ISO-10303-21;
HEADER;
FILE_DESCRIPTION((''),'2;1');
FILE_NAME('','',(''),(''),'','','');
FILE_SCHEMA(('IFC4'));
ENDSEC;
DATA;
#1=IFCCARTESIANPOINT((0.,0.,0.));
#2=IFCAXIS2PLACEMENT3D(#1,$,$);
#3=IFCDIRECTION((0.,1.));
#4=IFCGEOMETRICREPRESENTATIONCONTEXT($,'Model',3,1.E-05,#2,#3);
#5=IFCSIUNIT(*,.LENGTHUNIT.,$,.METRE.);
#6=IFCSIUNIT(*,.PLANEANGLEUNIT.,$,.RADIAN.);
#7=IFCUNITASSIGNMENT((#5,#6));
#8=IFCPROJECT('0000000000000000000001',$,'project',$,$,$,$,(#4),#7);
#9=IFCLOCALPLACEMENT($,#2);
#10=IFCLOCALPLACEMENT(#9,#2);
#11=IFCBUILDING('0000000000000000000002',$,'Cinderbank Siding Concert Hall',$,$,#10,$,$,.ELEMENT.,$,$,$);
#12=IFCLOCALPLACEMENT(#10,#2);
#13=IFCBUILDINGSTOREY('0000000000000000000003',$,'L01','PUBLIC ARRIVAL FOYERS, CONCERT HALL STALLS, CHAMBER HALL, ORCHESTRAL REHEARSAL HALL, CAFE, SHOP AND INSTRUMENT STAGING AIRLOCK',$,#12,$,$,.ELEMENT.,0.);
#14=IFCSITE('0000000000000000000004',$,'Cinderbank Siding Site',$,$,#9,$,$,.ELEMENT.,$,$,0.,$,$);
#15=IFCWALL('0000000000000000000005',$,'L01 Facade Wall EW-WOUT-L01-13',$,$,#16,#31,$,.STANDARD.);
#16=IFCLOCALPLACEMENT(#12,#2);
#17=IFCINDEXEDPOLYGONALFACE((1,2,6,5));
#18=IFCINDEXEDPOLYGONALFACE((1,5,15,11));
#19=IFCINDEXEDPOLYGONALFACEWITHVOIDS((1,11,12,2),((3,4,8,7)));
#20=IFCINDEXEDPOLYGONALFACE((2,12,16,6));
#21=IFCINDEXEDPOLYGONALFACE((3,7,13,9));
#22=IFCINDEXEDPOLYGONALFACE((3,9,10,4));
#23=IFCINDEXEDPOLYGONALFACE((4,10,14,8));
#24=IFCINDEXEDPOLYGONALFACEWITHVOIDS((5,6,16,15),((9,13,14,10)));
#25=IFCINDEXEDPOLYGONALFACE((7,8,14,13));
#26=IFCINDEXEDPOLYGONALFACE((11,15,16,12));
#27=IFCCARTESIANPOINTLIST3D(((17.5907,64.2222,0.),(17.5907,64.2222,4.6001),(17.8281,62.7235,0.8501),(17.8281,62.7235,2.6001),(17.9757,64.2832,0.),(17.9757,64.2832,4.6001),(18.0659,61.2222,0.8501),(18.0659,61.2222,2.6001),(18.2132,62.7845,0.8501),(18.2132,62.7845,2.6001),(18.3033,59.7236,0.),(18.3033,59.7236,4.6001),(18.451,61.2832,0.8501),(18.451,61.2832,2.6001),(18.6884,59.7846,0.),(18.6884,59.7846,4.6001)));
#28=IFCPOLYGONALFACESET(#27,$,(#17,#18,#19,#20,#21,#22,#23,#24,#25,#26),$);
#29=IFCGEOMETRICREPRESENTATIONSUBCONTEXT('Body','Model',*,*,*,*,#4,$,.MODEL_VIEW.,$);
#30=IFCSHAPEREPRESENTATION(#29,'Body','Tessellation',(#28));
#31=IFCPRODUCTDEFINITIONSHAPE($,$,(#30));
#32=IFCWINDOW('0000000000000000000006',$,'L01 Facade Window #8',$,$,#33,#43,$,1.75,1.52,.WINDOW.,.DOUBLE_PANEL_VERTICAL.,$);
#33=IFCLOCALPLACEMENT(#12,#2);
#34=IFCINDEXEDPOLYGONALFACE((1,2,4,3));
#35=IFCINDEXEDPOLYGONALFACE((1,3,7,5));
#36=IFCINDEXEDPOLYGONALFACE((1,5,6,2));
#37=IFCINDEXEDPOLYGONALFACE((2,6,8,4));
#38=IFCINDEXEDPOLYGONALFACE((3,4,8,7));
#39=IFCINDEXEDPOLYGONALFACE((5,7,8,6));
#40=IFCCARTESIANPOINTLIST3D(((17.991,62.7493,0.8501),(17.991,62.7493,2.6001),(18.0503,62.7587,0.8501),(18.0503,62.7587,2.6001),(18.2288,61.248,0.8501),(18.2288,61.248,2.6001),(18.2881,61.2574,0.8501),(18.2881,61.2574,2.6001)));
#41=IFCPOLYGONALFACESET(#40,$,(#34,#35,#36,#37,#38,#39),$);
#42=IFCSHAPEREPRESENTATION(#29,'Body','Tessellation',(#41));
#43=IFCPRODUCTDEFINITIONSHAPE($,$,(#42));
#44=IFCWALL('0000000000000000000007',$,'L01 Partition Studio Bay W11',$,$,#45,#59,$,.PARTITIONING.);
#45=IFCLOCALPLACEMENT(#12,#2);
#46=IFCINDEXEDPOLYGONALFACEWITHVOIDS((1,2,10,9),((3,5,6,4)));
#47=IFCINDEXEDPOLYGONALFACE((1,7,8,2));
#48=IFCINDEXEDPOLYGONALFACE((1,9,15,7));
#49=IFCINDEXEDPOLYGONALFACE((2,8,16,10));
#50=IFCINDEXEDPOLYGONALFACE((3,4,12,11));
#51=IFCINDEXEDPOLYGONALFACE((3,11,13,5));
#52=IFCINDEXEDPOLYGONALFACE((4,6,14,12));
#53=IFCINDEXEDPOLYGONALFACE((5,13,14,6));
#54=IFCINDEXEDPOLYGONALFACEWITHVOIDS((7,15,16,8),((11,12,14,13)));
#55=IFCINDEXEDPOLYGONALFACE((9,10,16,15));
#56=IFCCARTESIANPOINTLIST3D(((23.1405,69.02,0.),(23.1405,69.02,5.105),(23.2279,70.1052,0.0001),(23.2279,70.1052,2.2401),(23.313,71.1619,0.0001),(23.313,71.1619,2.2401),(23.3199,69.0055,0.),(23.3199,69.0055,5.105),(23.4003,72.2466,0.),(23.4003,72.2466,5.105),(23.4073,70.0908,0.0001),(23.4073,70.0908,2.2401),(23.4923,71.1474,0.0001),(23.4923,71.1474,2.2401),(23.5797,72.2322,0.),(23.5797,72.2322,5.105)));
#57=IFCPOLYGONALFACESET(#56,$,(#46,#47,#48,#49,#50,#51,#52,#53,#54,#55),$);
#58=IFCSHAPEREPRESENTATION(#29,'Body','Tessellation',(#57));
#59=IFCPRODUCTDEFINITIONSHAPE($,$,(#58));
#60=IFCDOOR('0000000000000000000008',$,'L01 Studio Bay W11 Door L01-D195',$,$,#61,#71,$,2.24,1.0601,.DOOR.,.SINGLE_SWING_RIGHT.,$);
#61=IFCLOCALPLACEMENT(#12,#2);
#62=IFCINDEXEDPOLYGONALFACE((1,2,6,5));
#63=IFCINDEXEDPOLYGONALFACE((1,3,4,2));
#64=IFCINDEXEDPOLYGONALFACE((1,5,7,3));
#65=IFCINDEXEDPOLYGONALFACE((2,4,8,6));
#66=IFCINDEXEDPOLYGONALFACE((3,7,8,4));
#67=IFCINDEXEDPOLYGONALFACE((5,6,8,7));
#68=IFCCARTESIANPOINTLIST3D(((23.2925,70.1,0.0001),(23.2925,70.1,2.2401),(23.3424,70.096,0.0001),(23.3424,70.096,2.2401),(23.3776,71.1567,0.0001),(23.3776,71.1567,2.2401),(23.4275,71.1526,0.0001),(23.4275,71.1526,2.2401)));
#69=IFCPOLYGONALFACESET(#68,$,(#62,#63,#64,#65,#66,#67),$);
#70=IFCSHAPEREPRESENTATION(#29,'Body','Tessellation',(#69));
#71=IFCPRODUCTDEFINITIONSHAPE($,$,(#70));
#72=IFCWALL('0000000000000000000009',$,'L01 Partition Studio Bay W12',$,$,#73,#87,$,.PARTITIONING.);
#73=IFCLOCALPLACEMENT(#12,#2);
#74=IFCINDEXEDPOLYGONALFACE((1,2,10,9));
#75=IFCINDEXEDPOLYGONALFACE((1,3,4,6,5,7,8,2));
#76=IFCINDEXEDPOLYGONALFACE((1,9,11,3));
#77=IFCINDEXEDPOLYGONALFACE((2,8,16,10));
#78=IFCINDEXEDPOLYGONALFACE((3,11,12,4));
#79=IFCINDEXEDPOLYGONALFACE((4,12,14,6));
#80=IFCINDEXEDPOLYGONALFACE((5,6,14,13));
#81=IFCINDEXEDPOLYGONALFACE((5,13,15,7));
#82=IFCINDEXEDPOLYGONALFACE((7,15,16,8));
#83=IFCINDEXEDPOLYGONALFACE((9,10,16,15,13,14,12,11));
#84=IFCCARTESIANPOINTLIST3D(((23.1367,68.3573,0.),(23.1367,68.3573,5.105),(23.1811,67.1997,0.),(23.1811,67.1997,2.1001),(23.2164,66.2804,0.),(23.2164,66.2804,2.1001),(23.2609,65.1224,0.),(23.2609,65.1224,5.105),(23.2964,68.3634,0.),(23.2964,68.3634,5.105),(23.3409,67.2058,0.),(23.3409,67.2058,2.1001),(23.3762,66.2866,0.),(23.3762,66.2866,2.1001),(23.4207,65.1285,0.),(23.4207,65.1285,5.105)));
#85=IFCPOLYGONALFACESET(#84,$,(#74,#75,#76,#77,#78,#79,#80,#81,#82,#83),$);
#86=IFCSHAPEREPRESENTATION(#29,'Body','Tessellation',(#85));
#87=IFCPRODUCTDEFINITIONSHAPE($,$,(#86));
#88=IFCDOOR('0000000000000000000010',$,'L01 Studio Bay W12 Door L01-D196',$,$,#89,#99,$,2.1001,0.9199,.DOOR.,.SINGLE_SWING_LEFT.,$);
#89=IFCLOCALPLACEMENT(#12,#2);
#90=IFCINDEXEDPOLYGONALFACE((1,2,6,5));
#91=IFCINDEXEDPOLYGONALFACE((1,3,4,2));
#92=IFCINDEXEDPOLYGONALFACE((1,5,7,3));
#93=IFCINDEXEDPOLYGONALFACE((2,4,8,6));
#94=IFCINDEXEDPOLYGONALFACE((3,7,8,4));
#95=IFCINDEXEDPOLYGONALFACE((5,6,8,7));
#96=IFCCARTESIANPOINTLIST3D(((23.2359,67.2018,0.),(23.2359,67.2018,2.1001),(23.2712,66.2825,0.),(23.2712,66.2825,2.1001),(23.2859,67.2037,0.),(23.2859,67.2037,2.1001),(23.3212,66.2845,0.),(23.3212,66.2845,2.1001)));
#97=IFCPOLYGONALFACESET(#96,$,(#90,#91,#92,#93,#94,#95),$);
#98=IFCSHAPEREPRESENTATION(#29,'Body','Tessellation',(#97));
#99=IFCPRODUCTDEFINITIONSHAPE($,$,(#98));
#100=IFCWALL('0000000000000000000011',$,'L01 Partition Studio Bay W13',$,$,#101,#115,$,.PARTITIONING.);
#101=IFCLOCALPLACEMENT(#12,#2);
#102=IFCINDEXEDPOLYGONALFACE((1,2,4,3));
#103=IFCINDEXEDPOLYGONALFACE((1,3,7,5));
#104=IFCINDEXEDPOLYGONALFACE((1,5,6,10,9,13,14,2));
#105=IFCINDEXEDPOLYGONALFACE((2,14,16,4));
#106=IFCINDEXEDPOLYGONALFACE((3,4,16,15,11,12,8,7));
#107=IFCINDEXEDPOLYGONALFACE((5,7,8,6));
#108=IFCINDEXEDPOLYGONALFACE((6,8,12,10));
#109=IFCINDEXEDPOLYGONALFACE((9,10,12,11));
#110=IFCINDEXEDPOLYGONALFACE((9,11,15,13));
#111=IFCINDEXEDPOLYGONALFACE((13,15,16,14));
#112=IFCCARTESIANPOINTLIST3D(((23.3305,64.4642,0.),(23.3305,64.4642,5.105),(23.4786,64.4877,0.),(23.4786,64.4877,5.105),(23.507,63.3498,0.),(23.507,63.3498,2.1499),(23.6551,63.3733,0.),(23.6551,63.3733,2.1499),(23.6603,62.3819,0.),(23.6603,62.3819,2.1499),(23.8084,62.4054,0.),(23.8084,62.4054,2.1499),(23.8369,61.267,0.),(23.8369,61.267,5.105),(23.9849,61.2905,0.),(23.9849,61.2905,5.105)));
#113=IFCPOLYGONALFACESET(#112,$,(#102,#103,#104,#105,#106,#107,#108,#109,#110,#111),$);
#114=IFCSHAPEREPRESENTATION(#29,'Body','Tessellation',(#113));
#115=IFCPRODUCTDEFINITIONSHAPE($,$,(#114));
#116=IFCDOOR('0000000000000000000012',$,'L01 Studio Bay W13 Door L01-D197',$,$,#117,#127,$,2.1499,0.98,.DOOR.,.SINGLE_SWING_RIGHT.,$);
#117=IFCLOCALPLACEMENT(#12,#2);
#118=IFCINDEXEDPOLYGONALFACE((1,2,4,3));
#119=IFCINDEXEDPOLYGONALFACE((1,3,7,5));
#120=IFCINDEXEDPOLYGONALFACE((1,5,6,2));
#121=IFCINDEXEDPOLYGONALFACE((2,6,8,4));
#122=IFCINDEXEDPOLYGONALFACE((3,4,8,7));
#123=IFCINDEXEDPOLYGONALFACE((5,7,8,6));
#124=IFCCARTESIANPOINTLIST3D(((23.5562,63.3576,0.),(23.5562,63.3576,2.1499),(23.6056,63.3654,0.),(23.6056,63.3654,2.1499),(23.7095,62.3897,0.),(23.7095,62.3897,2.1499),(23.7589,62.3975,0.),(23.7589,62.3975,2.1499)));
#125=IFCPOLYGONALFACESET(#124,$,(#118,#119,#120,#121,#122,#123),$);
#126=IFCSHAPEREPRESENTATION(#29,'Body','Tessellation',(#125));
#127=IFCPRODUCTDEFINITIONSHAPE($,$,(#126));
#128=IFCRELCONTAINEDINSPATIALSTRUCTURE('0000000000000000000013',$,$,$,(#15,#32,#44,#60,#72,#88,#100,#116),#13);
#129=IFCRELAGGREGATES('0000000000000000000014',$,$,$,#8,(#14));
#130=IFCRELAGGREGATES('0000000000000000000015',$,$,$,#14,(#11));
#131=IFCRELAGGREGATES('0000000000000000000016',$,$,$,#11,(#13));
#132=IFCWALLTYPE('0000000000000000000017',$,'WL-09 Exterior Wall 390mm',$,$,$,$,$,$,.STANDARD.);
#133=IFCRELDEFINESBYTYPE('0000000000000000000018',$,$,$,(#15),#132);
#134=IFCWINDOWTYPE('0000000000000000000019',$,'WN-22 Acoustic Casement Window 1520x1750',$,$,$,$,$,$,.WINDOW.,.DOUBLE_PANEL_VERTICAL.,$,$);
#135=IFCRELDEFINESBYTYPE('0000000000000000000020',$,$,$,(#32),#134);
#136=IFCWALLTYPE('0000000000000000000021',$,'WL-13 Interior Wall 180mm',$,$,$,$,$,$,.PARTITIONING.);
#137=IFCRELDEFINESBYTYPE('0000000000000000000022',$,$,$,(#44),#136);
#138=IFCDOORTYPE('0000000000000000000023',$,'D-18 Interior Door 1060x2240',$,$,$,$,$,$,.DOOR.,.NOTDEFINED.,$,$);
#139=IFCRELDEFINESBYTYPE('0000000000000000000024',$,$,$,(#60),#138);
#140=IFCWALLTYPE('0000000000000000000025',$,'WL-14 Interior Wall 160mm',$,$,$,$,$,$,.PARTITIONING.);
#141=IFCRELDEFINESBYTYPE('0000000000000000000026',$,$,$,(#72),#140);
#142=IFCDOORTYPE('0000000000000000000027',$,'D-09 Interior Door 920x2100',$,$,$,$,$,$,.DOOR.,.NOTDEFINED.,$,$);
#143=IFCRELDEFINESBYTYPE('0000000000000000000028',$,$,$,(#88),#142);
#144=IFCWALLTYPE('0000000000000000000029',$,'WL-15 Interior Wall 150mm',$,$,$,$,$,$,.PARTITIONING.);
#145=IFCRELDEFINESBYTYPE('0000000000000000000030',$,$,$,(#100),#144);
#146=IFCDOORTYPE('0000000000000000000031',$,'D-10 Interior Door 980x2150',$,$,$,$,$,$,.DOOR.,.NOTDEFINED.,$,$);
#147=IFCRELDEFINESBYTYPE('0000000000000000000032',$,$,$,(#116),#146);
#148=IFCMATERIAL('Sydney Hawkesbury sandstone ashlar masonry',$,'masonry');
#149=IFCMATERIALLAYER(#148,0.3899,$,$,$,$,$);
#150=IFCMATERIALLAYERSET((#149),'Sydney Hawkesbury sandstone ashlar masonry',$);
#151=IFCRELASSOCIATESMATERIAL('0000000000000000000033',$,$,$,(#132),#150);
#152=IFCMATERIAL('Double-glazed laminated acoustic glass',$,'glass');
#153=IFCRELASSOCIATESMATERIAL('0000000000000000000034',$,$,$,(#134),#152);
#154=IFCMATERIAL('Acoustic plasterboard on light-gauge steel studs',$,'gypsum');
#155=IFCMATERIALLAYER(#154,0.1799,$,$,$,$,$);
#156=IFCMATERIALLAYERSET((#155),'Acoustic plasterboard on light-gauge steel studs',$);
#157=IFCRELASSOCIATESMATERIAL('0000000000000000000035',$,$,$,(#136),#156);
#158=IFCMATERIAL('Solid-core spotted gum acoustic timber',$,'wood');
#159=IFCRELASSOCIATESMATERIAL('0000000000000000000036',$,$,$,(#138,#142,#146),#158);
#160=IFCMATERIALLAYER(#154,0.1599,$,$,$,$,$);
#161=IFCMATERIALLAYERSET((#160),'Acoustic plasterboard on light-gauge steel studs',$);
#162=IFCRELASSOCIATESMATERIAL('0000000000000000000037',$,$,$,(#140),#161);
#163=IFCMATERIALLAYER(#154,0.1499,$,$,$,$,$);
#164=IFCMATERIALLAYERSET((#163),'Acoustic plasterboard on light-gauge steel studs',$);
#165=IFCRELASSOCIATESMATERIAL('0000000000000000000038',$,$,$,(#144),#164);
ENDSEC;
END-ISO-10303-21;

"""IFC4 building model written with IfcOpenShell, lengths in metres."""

from ifc_helpers import new_model, si_unit, direction, frame, frame_2d, origin, place, context, subcontext, project, spatial, rectangle, extrude, material, layer, layer_set, type_object, element, fill, save


model = new_model("IFC4")

# Units and contexts
model_context = context("Model", 3, precision=1e-05, world=origin(), true_north=direction((0.0, 1.0)))
body_context = subcontext(model_context, "Body", "Model", "MODEL_VIEW")
ifc_project = project(units=[si_unit("LENGTHUNIT", "METRE"), si_unit("PLANEANGLEUNIT", "RADIAN")], contexts=[model_context])

# Site, building, storey
site_placement = place(None, origin())
site = spatial("IfcSite", under=ifc_project, at=site_placement, Name="Cinderbank Siding Site", CompositionType="ELEMENT", RefElevation=0.0)
building_placement = place(site_placement, origin())
building = spatial("IfcBuilding", under=site, at=building_placement, Name="Cinderbank Siding Concert Hall", CompositionType="ELEMENT")
storey_placement = place(building_placement, origin())
storey = spatial("IfcBuildingStorey", under=building, at=storey_placement, Name="L01", Description="PUBLIC ARRIVAL FOYERS, CONCERT HALL STALLS, CHAMBER HALL, ORCHESTRAL REHEARSAL HALL, CAFE, SHOP AND INSTRUMENT STAGING AIRLOCK", CompositionType="ELEMENT", Elevation=0.0)

# Shared definitions
ifc_material_1 = material(Name="Sydney Hawkesbury sandstone ashlar masonry", Category="masonry")
ifc_layer_1 = layer(ifc_material_1, 0.3899)
ifc_layer_set_1 = layer_set([ifc_layer_1], Name="Sydney Hawkesbury sandstone ashlar masonry")
wall_type_1 = type_object("IfcWallType", Name="WL-09 Exterior Wall 390mm", PredefinedType="STANDARD", material=ifc_layer_set_1)
ifc_material_2 = material(Name="Double-glazed laminated acoustic glass", Category="glass")

# Wall, opening, window
wall_1_placement = place(storey_placement, frame((17.7832, 64.2527, 0.0), z_axis=(0.0, 0.0, 1.0), x_axis=(0.156466, -0.987683, 0.0)))
wall_1 = element("IfcWall", 1, at=wall_1_placement, inside=storey, type_object=wall_type_1, Name="L01 Facade Wall EW-WOUT-L01-13", PredefinedType="STANDARD", context=body_context, shape_type="SweptSolid", body=[
    extrude(rectangle(XDim=4.5547, YDim=0.3899, at=frame_2d((2.2773, 0.0))), origin(), (0.0, 0.0, 1.0), 4.6001),
])
opening_1_placement = place(wall_1_placement, frame((1.5173, 0.0, 0.8501)))
opening_1 = element("IfcOpeningElement", 2, at=opening_1_placement, cuts=wall_1, PredefinedType="OPENING", context=body_context, shape_type="SweptSolid", body=[
    extrude(rectangle(XDim=1.52, YDim=1.75, at=frame_2d((0.76, 0.875))), frame((0.0, 0.207, 0.0), z_axis=(0.0, -1.0, 0.0), x_axis=(1.0, 0.0, 0.0)), (0.0, 0.0, 1.0), 0.4138),
])
window_type_1 = type_object("IfcWindowType", Name="WN-22 Acoustic Casement Window 1520x1750", PartitioningType="DOUBLE_PANEL_VERTICAL", PredefinedType="WINDOW", material=ifc_material_2)
window_1_placement = place(opening_1_placement, origin())
window_1 = element("IfcWindow", 3, at=window_1_placement, inside=storey, type_object=window_type_1, Name="L01 Facade Window #8", OverallHeight=1.75, OverallWidth=1.52, PartitioningType="DOUBLE_PANEL_VERTICAL", PredefinedType="WINDOW", context=body_context, shape_type="SweptSolid", body=[
    extrude(rectangle(XDim=1.52, YDim=1.75, at=frame_2d((0.76, 0.875))), frame((0.0, 0.03, 0.0), z_axis=(0.0, -1.0, 0.0), x_axis=(1.0, 0.0, 0.0)), (0.0, 0.0, 1.0), 0.0601),
])
fill(opening_1, window_1)

# Walls, openings, doors
ifc_material_3 = material(Name="Acoustic plasterboard on light-gauge steel studs", Category="gypsum")
ifc_layer_2 = layer(ifc_material_3, 0.1799)
ifc_layer_set_2 = layer_set([ifc_layer_2], Name="Acoustic plasterboard on light-gauge steel studs")
wall_type_2 = type_object("IfcWallType", Name="WL-13 Interior Wall 180mm", PredefinedType="PARTITIONING", material=ifc_layer_set_2)
wall_2_placement = place(storey_placement, frame((23.49, 72.2395, 0.0), z_axis=(0.0, 0.0, 1.0), x_axis=(-0.080249, -0.996775, 0.0)))
wall_2 = element("IfcWall", 4, at=wall_2_placement, inside=storey, type_object=wall_type_2, Name="L01 Partition Studio Bay W11", PredefinedType="PARTITIONING", context=body_context, shape_type="SweptSolid", body=[
    extrude(rectangle(XDim=3.2371, YDim=0.1799, at=frame_2d((1.6187, 0.0))), origin(), (0.0, 0.0, 1.0), 5.105),
])
opening_2_placement = place(wall_2_placement, frame((1.0884, 0.0, 0.0)))
opening_2 = element("IfcOpeningElement", 5, at=opening_2_placement, cuts=wall_2, PredefinedType="OPENING", context=body_context, shape_type="SweptSolid", body=[
    extrude(rectangle(XDim=1.0601, YDim=2.24, at=frame_2d((0.53, 1.1201))), frame((0.0, 0.1021, 0.0), z_axis=(0.0, -1.0, 0.0), x_axis=(1.0, 0.0, 0.0)), (0.0, 0.0, 1.0), 0.2039),
])
ifc_material_4 = material(Name="Solid-core spotted gum acoustic timber", Category="wood")
door_type_1 = type_object("IfcDoorType", Name="D-18 Interior Door 1060x2240", OperationType="NOTDEFINED", PredefinedType="DOOR", material=ifc_material_4)
door_1_placement = place(opening_2_placement, origin())
door_1 = element("IfcDoor", 6, at=door_1_placement, inside=storey, type_object=door_type_1, Name="L01 Studio Bay W11 Door L01-D195", OperationType="SINGLE_SWING_RIGHT", OverallHeight=2.24, OverallWidth=1.0601, PredefinedType="DOOR", context=body_context, shape_type="SweptSolid", body=[
    extrude(rectangle(XDim=1.0601, YDim=2.24, at=frame_2d((0.53, 1.1201))), frame((0.0, 0.0249, 0.0), z_axis=(0.0, -1.0, 0.0), x_axis=(1.0, 0.0, 0.0)), (0.0, 0.0, 1.0), 0.05),
])
fill(opening_2, door_1)
ifc_layer_3 = layer(ifc_material_3, 0.1599)
ifc_layer_set_3 = layer_set([ifc_layer_3], Name="Acoustic plasterboard on light-gauge steel studs")
wall_type_3 = type_object("IfcWallType", Name="WL-14 Interior Wall 160mm", PredefinedType="PARTITIONING", material=ifc_layer_set_3)
wall_3_placement = place(storey_placement, frame((23.2166, 68.3604, 0.0), z_axis=(0.0, 0.0, 1.0), x_axis=(0.038387, -0.999263, 0.0)))
wall_3 = element("IfcWall", 7, at=wall_3_placement, inside=storey, type_object=wall_type_3, Name="L01 Partition Studio Bay W12", PredefinedType="PARTITIONING", context=body_context, shape_type="SweptSolid", body=[
    extrude(rectangle(XDim=3.2373, YDim=0.1599, at=frame_2d((1.6187, 0.0))), origin(), (0.0, 0.0, 1.0), 5.105),
])
opening_3_placement = place(wall_3_placement, frame((1.1584, 0.0, 0.0)))
opening_3 = element("IfcOpeningElement", 8, at=opening_3_placement, cuts=wall_3, PredefinedType="OPENING", context=body_context, shape_type="SweptSolid", body=[
    extrude(rectangle(XDim=0.9199, YDim=2.1001, at=frame_2d((0.46, 1.05))), frame((0.0, 0.0918, 0.0), z_axis=(0.0, -1.0, 0.0), x_axis=(1.0, 0.0, 0.0)), (0.0, 0.0, 1.0), 0.1838),
])
door_type_2 = type_object("IfcDoorType", Name="D-09 Interior Door 920x2100", OperationType="NOTDEFINED", PredefinedType="DOOR", material=ifc_material_4)
door_2_placement = place(opening_3_placement, origin())
door_2 = element("IfcDoor", 9, at=door_2_placement, inside=storey, type_object=door_type_2, Name="L01 Studio Bay W12 Door L01-D196", OperationType="SINGLE_SWING_LEFT", OverallHeight=2.1001, OverallWidth=0.9199, PredefinedType="DOOR", context=body_context, shape_type="SweptSolid", body=[
    extrude(rectangle(XDim=0.9199, YDim=2.1001, at=frame_2d((0.46, 1.05))), frame((0.0, 0.0249, 0.0), z_axis=(0.0, -1.0, 0.0), x_axis=(1.0, 0.0, 0.0)), (0.0, 0.0, 1.0), 0.05),
])
fill(opening_3, door_2)
ifc_layer_4 = layer(ifc_material_3, 0.1499)
ifc_layer_set_4 = layer_set([ifc_layer_4], Name="Acoustic plasterboard on light-gauge steel studs")
wall_type_4 = type_object("IfcWallType", Name="WL-15 Interior Wall 150mm", PredefinedType="PARTITIONING", material=ifc_layer_set_4)
wall_4_placement = place(storey_placement, frame((23.4045, 64.4761, 0.0), z_axis=(0.0, 0.0, 1.0), x_axis=(0.15642, -0.987691, 0.0)))
wall_4 = element("IfcWall", 10, at=wall_4_placement, inside=storey, type_object=wall_type_4, Name="L01 Partition Studio Bay W13", PredefinedType="PARTITIONING", context=body_context, shape_type="SweptSolid", body=[
    extrude(rectangle(XDim=3.2371, YDim=0.1499, at=frame_2d((1.6187, 0.0))), origin(), (0.0, 0.0, 1.0), 5.105),
])
opening_4_placement = place(wall_4_placement, frame((1.1284, 0.0, 0.0)))
opening_4 = element("IfcOpeningElement", 11, at=opening_4_placement, cuts=wall_4, PredefinedType="OPENING", context=body_context, shape_type="SweptSolid", body=[
    extrude(rectangle(XDim=0.98, YDim=2.1499, at=frame_2d((0.49, 1.075))), frame((0.0, 0.0869, 0.0), z_axis=(0.0, -1.0, 0.0), x_axis=(1.0, 0.0, 0.0)), (0.0, 0.0, 1.0), 0.1738),
])
door_type_3 = type_object("IfcDoorType", Name="D-10 Interior Door 980x2150", OperationType="NOTDEFINED", PredefinedType="DOOR", material=ifc_material_4)
door_3_placement = place(opening_4_placement, origin())
door_3 = element("IfcDoor", 12, at=door_3_placement, inside=storey, type_object=door_type_3, Name="L01 Studio Bay W13 Door L01-D197", OperationType="SINGLE_SWING_RIGHT", OverallHeight=2.1499, OverallWidth=0.98, PredefinedType="DOOR", context=body_context, shape_type="SweptSolid", body=[
    extrude(rectangle(XDim=0.98, YDim=2.1499, at=frame_2d((0.49, 1.075))), frame((0.0, 0.0249, 0.0), z_axis=(0.0, -1.0, 0.0), x_axis=(1.0, 0.0, 0.0)), (0.0, 0.0, 1.0), 0.05),
])
fill(opening_4, door_3)

save(model, "model.ifc")
